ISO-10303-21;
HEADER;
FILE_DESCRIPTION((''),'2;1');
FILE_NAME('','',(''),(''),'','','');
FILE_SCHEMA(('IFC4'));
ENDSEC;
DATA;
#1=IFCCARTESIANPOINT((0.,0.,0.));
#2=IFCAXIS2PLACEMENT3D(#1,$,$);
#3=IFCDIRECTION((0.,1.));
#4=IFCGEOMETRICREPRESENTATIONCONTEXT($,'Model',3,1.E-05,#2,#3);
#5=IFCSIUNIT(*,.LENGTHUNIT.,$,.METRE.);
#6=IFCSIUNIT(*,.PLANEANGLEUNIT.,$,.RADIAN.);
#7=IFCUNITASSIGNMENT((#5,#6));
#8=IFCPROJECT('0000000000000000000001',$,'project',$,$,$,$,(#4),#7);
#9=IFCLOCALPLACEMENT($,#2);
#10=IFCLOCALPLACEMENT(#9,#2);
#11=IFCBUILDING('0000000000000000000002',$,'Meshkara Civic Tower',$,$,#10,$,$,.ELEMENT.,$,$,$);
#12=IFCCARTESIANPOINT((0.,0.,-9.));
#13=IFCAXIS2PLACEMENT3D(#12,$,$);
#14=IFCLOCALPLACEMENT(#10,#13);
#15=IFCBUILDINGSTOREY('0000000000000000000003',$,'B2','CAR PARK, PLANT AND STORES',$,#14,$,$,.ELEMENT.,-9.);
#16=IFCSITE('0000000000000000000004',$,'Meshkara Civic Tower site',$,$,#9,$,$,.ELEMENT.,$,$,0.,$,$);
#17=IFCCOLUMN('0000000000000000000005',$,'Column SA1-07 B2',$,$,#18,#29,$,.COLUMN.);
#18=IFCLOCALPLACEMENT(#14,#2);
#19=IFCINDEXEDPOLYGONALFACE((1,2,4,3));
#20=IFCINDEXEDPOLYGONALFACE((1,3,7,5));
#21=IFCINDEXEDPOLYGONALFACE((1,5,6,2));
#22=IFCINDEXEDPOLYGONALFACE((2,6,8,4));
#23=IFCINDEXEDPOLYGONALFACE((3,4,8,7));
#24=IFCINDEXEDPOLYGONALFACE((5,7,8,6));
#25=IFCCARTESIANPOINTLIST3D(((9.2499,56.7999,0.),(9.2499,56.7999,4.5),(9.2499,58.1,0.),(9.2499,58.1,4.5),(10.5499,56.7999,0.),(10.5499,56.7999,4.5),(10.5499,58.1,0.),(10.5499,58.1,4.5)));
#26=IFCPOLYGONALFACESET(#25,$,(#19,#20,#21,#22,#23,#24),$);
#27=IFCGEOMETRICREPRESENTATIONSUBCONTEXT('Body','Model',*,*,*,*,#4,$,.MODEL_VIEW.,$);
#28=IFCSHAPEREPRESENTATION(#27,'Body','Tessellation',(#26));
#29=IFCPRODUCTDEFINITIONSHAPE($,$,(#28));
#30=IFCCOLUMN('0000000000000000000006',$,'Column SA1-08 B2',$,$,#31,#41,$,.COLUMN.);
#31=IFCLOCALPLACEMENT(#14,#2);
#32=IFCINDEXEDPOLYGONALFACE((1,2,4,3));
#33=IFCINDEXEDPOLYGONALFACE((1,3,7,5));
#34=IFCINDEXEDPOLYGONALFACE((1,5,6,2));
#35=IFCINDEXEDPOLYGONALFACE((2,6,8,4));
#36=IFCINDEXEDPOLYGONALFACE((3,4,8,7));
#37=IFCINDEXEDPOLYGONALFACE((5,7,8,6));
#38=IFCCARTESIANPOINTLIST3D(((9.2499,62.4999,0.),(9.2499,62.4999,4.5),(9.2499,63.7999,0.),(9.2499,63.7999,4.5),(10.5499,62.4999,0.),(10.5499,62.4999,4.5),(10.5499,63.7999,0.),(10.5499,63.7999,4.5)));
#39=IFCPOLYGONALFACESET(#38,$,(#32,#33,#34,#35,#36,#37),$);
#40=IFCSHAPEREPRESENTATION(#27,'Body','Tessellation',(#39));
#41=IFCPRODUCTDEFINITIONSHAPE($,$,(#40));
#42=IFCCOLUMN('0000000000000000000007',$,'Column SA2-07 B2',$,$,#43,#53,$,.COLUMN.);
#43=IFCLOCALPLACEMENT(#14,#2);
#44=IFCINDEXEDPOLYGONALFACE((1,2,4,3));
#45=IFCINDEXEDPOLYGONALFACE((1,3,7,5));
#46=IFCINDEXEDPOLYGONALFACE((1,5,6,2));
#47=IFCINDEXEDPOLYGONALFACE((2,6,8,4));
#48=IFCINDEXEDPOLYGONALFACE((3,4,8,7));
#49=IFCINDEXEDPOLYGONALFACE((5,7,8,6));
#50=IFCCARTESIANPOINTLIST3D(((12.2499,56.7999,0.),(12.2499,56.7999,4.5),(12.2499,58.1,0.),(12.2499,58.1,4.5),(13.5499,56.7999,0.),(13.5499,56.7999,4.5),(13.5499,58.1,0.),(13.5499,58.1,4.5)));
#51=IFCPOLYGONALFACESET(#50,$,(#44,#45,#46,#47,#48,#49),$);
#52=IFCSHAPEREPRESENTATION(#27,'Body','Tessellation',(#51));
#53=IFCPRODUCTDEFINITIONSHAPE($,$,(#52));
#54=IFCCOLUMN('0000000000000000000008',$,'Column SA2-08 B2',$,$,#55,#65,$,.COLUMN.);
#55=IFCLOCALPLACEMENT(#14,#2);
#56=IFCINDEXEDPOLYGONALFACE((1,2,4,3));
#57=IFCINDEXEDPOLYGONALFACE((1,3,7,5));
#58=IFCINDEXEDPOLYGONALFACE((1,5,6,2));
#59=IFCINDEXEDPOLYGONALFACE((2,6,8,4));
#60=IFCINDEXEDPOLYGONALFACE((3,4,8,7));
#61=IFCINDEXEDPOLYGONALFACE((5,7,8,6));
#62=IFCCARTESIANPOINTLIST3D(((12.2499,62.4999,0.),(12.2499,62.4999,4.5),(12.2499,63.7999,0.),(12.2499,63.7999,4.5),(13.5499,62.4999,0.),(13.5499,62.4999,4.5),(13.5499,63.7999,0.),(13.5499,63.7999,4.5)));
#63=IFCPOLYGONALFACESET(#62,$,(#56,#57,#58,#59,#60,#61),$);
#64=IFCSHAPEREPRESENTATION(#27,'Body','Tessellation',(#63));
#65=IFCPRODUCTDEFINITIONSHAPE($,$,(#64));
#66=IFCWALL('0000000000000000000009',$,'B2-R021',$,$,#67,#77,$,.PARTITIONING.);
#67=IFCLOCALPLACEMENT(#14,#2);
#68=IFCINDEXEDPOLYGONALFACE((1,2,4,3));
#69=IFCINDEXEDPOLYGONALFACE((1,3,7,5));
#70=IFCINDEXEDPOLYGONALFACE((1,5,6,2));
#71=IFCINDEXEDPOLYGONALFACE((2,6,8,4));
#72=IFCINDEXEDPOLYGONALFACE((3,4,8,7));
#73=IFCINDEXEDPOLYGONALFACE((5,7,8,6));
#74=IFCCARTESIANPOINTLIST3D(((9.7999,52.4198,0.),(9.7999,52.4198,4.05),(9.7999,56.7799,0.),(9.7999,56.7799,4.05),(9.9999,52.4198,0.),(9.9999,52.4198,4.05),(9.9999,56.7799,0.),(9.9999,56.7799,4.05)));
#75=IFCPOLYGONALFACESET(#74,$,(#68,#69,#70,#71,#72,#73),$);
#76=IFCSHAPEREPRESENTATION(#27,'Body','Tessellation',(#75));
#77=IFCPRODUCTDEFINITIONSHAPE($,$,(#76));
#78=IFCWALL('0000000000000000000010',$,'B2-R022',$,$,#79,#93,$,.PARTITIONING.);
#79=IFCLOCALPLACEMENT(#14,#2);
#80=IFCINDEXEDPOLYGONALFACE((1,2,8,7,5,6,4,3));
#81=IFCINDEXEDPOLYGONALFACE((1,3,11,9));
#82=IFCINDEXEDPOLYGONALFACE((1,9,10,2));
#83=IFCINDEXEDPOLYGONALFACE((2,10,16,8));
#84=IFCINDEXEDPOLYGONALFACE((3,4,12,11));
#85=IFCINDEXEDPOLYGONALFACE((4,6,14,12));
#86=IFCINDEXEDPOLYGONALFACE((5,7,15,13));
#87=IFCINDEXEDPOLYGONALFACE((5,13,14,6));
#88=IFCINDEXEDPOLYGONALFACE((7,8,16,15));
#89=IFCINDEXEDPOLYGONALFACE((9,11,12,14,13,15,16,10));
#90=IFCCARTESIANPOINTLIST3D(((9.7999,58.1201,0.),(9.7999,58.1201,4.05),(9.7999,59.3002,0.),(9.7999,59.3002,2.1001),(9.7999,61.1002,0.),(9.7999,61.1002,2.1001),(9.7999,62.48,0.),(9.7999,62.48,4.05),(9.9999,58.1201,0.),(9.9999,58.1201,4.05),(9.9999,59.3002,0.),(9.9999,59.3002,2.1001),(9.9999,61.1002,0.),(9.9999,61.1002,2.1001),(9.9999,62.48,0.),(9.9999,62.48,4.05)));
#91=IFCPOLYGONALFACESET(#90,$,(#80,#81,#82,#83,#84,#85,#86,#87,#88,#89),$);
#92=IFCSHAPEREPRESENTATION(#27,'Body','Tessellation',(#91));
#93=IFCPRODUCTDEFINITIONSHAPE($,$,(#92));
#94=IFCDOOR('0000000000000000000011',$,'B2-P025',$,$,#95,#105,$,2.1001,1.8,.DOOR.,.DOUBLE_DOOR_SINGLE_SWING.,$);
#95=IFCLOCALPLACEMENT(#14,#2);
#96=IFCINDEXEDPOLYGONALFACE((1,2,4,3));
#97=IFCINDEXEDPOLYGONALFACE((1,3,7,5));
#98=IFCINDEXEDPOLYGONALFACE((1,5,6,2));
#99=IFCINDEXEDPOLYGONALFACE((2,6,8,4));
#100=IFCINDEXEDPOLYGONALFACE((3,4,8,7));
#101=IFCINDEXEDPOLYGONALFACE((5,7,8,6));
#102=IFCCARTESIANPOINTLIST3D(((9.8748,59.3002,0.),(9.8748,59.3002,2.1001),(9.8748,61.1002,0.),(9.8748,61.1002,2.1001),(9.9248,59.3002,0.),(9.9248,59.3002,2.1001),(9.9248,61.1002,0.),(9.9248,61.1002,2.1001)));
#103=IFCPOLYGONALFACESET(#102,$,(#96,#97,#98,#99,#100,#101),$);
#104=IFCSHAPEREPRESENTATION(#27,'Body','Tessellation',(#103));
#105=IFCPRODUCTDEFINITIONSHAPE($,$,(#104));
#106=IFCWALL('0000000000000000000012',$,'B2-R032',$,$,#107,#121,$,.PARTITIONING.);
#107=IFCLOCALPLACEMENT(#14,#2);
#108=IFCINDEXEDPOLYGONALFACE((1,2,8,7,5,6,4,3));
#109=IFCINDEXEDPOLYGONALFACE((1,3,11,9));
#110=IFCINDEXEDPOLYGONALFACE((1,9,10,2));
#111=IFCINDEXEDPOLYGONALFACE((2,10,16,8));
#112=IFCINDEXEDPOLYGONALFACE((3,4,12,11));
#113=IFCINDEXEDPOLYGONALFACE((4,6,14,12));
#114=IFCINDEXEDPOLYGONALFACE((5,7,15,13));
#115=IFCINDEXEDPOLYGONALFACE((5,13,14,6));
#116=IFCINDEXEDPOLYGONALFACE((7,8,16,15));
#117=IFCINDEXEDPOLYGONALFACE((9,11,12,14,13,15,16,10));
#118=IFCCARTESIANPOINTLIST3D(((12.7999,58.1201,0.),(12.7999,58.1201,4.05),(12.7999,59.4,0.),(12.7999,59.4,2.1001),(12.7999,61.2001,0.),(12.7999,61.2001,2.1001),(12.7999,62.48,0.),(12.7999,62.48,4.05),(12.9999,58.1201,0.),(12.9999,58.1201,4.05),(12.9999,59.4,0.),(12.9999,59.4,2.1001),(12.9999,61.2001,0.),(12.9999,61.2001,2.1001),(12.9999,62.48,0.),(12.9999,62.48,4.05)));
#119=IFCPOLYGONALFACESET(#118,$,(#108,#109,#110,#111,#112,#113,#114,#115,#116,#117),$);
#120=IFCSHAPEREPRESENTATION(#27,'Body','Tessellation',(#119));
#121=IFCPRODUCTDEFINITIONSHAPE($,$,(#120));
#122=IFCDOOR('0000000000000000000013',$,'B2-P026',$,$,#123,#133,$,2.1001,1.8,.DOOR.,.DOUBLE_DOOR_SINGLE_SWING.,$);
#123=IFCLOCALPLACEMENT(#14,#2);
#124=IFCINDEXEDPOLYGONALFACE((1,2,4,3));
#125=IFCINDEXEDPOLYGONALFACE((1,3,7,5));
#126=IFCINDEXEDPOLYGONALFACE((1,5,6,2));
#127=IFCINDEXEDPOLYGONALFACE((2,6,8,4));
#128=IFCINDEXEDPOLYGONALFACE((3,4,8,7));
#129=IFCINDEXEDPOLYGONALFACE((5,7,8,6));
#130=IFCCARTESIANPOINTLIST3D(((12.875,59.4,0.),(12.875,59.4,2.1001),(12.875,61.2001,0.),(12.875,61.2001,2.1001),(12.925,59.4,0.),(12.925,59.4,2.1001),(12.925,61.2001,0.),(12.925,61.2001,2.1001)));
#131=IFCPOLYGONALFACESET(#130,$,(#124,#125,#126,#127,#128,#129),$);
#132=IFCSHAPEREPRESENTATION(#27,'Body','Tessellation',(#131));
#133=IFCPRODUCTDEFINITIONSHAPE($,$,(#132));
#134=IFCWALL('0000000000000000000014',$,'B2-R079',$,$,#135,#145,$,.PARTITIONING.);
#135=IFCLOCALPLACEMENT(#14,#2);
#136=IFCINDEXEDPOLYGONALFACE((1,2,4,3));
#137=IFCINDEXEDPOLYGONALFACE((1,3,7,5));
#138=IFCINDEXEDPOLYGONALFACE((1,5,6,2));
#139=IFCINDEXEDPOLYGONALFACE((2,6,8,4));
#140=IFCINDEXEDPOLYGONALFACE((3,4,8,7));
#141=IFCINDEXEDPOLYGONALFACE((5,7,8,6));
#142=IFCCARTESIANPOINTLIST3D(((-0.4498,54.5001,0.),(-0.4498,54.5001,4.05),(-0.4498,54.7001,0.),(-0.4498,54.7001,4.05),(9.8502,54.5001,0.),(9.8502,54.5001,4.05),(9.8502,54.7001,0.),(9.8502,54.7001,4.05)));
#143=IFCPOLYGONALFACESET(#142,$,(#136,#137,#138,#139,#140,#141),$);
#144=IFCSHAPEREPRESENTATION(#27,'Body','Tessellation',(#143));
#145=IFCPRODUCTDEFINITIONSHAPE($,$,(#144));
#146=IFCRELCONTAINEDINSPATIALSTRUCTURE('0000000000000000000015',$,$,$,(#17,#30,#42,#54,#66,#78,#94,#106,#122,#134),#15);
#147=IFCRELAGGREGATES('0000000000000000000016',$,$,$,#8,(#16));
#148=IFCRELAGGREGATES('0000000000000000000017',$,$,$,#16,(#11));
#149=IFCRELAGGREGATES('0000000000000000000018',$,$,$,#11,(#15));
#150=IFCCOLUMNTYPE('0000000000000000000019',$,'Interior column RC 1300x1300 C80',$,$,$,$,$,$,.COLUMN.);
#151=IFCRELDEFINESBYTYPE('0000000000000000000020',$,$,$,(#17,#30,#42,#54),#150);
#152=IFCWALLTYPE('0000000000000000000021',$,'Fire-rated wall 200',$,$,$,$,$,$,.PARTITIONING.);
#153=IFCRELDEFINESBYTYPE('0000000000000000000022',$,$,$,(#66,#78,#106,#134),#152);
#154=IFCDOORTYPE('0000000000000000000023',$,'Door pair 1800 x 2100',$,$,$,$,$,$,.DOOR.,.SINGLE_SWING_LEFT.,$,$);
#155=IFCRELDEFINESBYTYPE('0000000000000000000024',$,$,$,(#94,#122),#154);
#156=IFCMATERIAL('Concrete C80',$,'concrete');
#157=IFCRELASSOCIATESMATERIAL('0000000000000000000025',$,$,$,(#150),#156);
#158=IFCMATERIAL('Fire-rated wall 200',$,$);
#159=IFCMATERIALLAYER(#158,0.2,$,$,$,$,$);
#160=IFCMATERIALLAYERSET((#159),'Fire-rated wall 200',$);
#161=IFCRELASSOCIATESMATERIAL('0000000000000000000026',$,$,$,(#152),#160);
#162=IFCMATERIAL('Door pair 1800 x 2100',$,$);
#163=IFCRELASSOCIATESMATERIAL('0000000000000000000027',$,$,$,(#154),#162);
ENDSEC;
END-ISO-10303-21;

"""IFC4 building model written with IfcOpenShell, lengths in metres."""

from ifc_helpers import new_model, si_unit, direction, frame, frame_2d, origin, origin_2d, place, context, subcontext, project, spatial, rectangle, extrude, material, layer, layer_set, material_profile, profile_set, type_object, element, fill, save


model = new_model("IFC4")

# Units and contexts
model_context = context("Model", 3, precision=1e-05, world=origin(), true_north=direction((0.0, 1.0)))
body_context = subcontext(model_context, "Body", "Model", "MODEL_VIEW")
ifc_project = project(units=[si_unit("LENGTHUNIT", "METRE"), si_unit("PLANEANGLEUNIT", "RADIAN")], contexts=[model_context])

# Site, building, storey
site_placement = place(None, origin())
site = spatial("IfcSite", under=ifc_project, at=site_placement, Name="Meshkara Civic Tower site", CompositionType="ELEMENT", RefElevation=0.0)
building_placement = place(site_placement, origin())
building = spatial("IfcBuilding", under=site, at=building_placement, Name="Meshkara Civic Tower", CompositionType="ELEMENT")
storey_placement = place(building_placement, frame((0.0, 0.0, -9.0)))
storey = spatial("IfcBuildingStorey", under=building, at=storey_placement, Name="B2", Description="CAR PARK, PLANT AND STORES", CompositionType="ELEMENT", Elevation=-9.0)

# Columns
ifc_material_1 = material(Name="Concrete C80", Category="concrete")
ifc_material_profile_1 = material_profile(ifc_material_1, rectangle(XDim=1.3, YDim=1.3, at=origin_2d()))
ifc_profile_set_1 = profile_set([ifc_material_profile_1], Name="Concrete C80")
column_type = type_object("IfcColumnType", Name="Interior column RC 1300x1300 C80", PredefinedType="COLUMN", material=ifc_profile_set_1)
for number, where, z_axis, x_axis, name in (
    (1, (9.8999, 57.45, 0.0), (0.0, 0.0, 1.0), (1.0, 0.0, 0.0), "Column SA1-07 B2"),
    (2, (9.8999, 63.1499, 0.0), (0.0, 0.0, 1.0), (1.0, 0.0, 0.0), "Column SA1-08 B2"),
    (3, (12.8999, 57.45, 0.0), (0.0, 0.0, 1.0), (1.0, 0.0, 0.0), "Column SA2-07 B2"),
    (4, (12.8999, 63.1499, 0.0), (0.0, 0.0, 1.0), (1.0, 0.0, 0.0), "Column SA2-08 B2"),
):
    element("IfcColumn", number, at=place(storey_placement, frame(where, z_axis=z_axis, x_axis=x_axis)), inside=storey, type_object=column_type, Name=name, PredefinedType="COLUMN", context=body_context, shape_type="SweptSolid", body=[
        extrude(rectangle(XDim=1.3, YDim=1.3, at=origin_2d()), origin(), (0.0, 0.0, 1.0), 4.5),
    ])

# Wall
ifc_material_2 = material(Name="Fire-rated wall 200")
ifc_layer = layer(ifc_material_2, 0.2)
ifc_layer_set = layer_set([ifc_layer], Name="Fire-rated wall 200")
wall_type = type_object("IfcWallType", Name="Fire-rated wall 200", PredefinedType="PARTITIONING", material=ifc_layer_set)
wall_1_placement = place(storey_placement, frame((9.8999, 56.78, 0.0), z_axis=(0.0, 0.0, 1.0), x_axis=(0.0, -1.0, 0.0)))
element("IfcWall", 5, at=wall_1_placement, inside=storey, type_object=wall_type, Name="B2-R021", PredefinedType="PARTITIONING", context=body_context, shape_type="SweptSolid", body=[
    extrude(rectangle(XDim=4.3601, YDim=0.2, at=frame_2d((2.1802, 0.0))), origin(), (0.0, 0.0, 1.0), 4.05),
])

# Walls, openings, doors
wall_2_placement = place(storey_placement, frame((9.8999, 62.48, 0.0), z_axis=(0.0, 0.0, 1.0), x_axis=(0.0, -1.0, 0.0)))
wall_2 = element("IfcWall", 6, at=wall_2_placement, inside=storey, type_object=wall_type, Name="B2-R022", PredefinedType="PARTITIONING", context=body_context, shape_type="SweptSolid", body=[
    extrude(rectangle(XDim=4.3599, YDim=0.2, at=frame_2d((2.1799, 0.0))), origin(), (0.0, 0.0, 1.0), 4.05),
])
opening_1_placement = place(wall_2_placement, frame((1.3799, 0.0, 0.0)))
opening_1 = element("IfcOpeningElement", 7, at=opening_1_placement, cuts=wall_2, PredefinedType="OPENING", context=body_context, shape_type="SweptSolid", body=[
    extrude(rectangle(XDim=1.8, YDim=2.1001, at=frame_2d((0.8999, 1.05))), frame((0.0, 0.1099, 0.0), z_axis=(0.0, -1.0, 0.0), x_axis=(1.0, 0.0, 0.0)), (0.0, 0.0, 1.0), 0.22),
])
ifc_material_3 = material(Name="Door pair 1800 x 2100")
door_type = type_object("IfcDoorType", Name="Door pair 1800 x 2100", OperationType="SINGLE_SWING_LEFT", PredefinedType="DOOR", material=ifc_material_3)
door_1_placement = place(opening_1_placement, origin())
door_1 = element("IfcDoor", 8, at=door_1_placement, inside=storey, type_object=door_type, Name="B2-P025", OperationType="DOUBLE_DOOR_SINGLE_SWING", OverallHeight=2.1001, OverallWidth=1.8, PredefinedType="DOOR", context=body_context, shape_type="SweptSolid", body=[
    extrude(rectangle(XDim=1.8, YDim=2.1001, at=frame_2d((0.8999, 1.05))), frame((0.0, 0.0249, 0.0), z_axis=(0.0, -1.0, 0.0), x_axis=(1.0, 0.0, 0.0)), (0.0, 0.0, 1.0), 0.05),
])
fill(opening_1, door_1)
wall_3_placement = place(storey_placement, frame((12.8999, 58.1201, 0.0), z_axis=(0.0, 0.0, 1.0), x_axis=(0.0, 1.0, 0.0)))
wall_3 = element("IfcWall", 9, at=wall_3_placement, inside=storey, type_object=wall_type, Name="B2-R032", PredefinedType="PARTITIONING", context=body_context, shape_type="SweptSolid", body=[
    extrude(rectangle(XDim=4.3599, YDim=0.2, at=frame_2d((2.1799, 0.0))), origin(), (0.0, 0.0, 1.0), 4.05),
])
opening_2_placement = place(wall_3_placement, frame((1.28, 0.0, 0.0)))
opening_2 = element("IfcOpeningElement", 10, at=opening_2_placement, cuts=wall_3, PredefinedType="OPENING", context=body_context, shape_type="SweptSolid", body=[
    extrude(rectangle(XDim=1.8, YDim=2.1001, at=frame_2d((0.8999, 1.05))), frame((0.0, 0.1099, 0.0), z_axis=(0.0, -1.0, 0.0), x_axis=(1.0, 0.0, 0.0)), (0.0, 0.0, 1.0), 0.22),
])
door_2_placement = place(opening_2_placement, origin())
door_2 = element("IfcDoor", 11, at=door_2_placement, inside=storey, type_object=door_type, Name="B2-P026", OperationType="DOUBLE_DOOR_SINGLE_SWING", OverallHeight=2.1001, OverallWidth=1.8, PredefinedType="DOOR", context=body_context, shape_type="SweptSolid", body=[
    extrude(rectangle(XDim=1.8, YDim=2.1001, at=frame_2d((0.8999, 1.05))), frame((0.0, 0.0249, 0.0), z_axis=(0.0, -1.0, 0.0), x_axis=(1.0, 0.0, 0.0)), (0.0, 0.0, 1.0), 0.05),
])
fill(opening_2, door_2)

# Wall
wall_4_placement = place(storey_placement, frame((9.8501, 54.6001, 0.0), z_axis=(0.0, 0.0, 1.0), x_axis=(-1.0, 0.0, 0.0)))
element("IfcWall", 12, at=wall_4_placement, inside=storey, type_object=wall_type, Name="B2-R079", PredefinedType="PARTITIONING", context=body_context, shape_type="SweptSolid", body=[
    extrude(rectangle(XDim=10.3, YDim=0.2, at=frame_2d((5.1499, 0.0))), origin(), (0.0, 0.0, 1.0), 4.05),
])

save(model, "model.ifc")
